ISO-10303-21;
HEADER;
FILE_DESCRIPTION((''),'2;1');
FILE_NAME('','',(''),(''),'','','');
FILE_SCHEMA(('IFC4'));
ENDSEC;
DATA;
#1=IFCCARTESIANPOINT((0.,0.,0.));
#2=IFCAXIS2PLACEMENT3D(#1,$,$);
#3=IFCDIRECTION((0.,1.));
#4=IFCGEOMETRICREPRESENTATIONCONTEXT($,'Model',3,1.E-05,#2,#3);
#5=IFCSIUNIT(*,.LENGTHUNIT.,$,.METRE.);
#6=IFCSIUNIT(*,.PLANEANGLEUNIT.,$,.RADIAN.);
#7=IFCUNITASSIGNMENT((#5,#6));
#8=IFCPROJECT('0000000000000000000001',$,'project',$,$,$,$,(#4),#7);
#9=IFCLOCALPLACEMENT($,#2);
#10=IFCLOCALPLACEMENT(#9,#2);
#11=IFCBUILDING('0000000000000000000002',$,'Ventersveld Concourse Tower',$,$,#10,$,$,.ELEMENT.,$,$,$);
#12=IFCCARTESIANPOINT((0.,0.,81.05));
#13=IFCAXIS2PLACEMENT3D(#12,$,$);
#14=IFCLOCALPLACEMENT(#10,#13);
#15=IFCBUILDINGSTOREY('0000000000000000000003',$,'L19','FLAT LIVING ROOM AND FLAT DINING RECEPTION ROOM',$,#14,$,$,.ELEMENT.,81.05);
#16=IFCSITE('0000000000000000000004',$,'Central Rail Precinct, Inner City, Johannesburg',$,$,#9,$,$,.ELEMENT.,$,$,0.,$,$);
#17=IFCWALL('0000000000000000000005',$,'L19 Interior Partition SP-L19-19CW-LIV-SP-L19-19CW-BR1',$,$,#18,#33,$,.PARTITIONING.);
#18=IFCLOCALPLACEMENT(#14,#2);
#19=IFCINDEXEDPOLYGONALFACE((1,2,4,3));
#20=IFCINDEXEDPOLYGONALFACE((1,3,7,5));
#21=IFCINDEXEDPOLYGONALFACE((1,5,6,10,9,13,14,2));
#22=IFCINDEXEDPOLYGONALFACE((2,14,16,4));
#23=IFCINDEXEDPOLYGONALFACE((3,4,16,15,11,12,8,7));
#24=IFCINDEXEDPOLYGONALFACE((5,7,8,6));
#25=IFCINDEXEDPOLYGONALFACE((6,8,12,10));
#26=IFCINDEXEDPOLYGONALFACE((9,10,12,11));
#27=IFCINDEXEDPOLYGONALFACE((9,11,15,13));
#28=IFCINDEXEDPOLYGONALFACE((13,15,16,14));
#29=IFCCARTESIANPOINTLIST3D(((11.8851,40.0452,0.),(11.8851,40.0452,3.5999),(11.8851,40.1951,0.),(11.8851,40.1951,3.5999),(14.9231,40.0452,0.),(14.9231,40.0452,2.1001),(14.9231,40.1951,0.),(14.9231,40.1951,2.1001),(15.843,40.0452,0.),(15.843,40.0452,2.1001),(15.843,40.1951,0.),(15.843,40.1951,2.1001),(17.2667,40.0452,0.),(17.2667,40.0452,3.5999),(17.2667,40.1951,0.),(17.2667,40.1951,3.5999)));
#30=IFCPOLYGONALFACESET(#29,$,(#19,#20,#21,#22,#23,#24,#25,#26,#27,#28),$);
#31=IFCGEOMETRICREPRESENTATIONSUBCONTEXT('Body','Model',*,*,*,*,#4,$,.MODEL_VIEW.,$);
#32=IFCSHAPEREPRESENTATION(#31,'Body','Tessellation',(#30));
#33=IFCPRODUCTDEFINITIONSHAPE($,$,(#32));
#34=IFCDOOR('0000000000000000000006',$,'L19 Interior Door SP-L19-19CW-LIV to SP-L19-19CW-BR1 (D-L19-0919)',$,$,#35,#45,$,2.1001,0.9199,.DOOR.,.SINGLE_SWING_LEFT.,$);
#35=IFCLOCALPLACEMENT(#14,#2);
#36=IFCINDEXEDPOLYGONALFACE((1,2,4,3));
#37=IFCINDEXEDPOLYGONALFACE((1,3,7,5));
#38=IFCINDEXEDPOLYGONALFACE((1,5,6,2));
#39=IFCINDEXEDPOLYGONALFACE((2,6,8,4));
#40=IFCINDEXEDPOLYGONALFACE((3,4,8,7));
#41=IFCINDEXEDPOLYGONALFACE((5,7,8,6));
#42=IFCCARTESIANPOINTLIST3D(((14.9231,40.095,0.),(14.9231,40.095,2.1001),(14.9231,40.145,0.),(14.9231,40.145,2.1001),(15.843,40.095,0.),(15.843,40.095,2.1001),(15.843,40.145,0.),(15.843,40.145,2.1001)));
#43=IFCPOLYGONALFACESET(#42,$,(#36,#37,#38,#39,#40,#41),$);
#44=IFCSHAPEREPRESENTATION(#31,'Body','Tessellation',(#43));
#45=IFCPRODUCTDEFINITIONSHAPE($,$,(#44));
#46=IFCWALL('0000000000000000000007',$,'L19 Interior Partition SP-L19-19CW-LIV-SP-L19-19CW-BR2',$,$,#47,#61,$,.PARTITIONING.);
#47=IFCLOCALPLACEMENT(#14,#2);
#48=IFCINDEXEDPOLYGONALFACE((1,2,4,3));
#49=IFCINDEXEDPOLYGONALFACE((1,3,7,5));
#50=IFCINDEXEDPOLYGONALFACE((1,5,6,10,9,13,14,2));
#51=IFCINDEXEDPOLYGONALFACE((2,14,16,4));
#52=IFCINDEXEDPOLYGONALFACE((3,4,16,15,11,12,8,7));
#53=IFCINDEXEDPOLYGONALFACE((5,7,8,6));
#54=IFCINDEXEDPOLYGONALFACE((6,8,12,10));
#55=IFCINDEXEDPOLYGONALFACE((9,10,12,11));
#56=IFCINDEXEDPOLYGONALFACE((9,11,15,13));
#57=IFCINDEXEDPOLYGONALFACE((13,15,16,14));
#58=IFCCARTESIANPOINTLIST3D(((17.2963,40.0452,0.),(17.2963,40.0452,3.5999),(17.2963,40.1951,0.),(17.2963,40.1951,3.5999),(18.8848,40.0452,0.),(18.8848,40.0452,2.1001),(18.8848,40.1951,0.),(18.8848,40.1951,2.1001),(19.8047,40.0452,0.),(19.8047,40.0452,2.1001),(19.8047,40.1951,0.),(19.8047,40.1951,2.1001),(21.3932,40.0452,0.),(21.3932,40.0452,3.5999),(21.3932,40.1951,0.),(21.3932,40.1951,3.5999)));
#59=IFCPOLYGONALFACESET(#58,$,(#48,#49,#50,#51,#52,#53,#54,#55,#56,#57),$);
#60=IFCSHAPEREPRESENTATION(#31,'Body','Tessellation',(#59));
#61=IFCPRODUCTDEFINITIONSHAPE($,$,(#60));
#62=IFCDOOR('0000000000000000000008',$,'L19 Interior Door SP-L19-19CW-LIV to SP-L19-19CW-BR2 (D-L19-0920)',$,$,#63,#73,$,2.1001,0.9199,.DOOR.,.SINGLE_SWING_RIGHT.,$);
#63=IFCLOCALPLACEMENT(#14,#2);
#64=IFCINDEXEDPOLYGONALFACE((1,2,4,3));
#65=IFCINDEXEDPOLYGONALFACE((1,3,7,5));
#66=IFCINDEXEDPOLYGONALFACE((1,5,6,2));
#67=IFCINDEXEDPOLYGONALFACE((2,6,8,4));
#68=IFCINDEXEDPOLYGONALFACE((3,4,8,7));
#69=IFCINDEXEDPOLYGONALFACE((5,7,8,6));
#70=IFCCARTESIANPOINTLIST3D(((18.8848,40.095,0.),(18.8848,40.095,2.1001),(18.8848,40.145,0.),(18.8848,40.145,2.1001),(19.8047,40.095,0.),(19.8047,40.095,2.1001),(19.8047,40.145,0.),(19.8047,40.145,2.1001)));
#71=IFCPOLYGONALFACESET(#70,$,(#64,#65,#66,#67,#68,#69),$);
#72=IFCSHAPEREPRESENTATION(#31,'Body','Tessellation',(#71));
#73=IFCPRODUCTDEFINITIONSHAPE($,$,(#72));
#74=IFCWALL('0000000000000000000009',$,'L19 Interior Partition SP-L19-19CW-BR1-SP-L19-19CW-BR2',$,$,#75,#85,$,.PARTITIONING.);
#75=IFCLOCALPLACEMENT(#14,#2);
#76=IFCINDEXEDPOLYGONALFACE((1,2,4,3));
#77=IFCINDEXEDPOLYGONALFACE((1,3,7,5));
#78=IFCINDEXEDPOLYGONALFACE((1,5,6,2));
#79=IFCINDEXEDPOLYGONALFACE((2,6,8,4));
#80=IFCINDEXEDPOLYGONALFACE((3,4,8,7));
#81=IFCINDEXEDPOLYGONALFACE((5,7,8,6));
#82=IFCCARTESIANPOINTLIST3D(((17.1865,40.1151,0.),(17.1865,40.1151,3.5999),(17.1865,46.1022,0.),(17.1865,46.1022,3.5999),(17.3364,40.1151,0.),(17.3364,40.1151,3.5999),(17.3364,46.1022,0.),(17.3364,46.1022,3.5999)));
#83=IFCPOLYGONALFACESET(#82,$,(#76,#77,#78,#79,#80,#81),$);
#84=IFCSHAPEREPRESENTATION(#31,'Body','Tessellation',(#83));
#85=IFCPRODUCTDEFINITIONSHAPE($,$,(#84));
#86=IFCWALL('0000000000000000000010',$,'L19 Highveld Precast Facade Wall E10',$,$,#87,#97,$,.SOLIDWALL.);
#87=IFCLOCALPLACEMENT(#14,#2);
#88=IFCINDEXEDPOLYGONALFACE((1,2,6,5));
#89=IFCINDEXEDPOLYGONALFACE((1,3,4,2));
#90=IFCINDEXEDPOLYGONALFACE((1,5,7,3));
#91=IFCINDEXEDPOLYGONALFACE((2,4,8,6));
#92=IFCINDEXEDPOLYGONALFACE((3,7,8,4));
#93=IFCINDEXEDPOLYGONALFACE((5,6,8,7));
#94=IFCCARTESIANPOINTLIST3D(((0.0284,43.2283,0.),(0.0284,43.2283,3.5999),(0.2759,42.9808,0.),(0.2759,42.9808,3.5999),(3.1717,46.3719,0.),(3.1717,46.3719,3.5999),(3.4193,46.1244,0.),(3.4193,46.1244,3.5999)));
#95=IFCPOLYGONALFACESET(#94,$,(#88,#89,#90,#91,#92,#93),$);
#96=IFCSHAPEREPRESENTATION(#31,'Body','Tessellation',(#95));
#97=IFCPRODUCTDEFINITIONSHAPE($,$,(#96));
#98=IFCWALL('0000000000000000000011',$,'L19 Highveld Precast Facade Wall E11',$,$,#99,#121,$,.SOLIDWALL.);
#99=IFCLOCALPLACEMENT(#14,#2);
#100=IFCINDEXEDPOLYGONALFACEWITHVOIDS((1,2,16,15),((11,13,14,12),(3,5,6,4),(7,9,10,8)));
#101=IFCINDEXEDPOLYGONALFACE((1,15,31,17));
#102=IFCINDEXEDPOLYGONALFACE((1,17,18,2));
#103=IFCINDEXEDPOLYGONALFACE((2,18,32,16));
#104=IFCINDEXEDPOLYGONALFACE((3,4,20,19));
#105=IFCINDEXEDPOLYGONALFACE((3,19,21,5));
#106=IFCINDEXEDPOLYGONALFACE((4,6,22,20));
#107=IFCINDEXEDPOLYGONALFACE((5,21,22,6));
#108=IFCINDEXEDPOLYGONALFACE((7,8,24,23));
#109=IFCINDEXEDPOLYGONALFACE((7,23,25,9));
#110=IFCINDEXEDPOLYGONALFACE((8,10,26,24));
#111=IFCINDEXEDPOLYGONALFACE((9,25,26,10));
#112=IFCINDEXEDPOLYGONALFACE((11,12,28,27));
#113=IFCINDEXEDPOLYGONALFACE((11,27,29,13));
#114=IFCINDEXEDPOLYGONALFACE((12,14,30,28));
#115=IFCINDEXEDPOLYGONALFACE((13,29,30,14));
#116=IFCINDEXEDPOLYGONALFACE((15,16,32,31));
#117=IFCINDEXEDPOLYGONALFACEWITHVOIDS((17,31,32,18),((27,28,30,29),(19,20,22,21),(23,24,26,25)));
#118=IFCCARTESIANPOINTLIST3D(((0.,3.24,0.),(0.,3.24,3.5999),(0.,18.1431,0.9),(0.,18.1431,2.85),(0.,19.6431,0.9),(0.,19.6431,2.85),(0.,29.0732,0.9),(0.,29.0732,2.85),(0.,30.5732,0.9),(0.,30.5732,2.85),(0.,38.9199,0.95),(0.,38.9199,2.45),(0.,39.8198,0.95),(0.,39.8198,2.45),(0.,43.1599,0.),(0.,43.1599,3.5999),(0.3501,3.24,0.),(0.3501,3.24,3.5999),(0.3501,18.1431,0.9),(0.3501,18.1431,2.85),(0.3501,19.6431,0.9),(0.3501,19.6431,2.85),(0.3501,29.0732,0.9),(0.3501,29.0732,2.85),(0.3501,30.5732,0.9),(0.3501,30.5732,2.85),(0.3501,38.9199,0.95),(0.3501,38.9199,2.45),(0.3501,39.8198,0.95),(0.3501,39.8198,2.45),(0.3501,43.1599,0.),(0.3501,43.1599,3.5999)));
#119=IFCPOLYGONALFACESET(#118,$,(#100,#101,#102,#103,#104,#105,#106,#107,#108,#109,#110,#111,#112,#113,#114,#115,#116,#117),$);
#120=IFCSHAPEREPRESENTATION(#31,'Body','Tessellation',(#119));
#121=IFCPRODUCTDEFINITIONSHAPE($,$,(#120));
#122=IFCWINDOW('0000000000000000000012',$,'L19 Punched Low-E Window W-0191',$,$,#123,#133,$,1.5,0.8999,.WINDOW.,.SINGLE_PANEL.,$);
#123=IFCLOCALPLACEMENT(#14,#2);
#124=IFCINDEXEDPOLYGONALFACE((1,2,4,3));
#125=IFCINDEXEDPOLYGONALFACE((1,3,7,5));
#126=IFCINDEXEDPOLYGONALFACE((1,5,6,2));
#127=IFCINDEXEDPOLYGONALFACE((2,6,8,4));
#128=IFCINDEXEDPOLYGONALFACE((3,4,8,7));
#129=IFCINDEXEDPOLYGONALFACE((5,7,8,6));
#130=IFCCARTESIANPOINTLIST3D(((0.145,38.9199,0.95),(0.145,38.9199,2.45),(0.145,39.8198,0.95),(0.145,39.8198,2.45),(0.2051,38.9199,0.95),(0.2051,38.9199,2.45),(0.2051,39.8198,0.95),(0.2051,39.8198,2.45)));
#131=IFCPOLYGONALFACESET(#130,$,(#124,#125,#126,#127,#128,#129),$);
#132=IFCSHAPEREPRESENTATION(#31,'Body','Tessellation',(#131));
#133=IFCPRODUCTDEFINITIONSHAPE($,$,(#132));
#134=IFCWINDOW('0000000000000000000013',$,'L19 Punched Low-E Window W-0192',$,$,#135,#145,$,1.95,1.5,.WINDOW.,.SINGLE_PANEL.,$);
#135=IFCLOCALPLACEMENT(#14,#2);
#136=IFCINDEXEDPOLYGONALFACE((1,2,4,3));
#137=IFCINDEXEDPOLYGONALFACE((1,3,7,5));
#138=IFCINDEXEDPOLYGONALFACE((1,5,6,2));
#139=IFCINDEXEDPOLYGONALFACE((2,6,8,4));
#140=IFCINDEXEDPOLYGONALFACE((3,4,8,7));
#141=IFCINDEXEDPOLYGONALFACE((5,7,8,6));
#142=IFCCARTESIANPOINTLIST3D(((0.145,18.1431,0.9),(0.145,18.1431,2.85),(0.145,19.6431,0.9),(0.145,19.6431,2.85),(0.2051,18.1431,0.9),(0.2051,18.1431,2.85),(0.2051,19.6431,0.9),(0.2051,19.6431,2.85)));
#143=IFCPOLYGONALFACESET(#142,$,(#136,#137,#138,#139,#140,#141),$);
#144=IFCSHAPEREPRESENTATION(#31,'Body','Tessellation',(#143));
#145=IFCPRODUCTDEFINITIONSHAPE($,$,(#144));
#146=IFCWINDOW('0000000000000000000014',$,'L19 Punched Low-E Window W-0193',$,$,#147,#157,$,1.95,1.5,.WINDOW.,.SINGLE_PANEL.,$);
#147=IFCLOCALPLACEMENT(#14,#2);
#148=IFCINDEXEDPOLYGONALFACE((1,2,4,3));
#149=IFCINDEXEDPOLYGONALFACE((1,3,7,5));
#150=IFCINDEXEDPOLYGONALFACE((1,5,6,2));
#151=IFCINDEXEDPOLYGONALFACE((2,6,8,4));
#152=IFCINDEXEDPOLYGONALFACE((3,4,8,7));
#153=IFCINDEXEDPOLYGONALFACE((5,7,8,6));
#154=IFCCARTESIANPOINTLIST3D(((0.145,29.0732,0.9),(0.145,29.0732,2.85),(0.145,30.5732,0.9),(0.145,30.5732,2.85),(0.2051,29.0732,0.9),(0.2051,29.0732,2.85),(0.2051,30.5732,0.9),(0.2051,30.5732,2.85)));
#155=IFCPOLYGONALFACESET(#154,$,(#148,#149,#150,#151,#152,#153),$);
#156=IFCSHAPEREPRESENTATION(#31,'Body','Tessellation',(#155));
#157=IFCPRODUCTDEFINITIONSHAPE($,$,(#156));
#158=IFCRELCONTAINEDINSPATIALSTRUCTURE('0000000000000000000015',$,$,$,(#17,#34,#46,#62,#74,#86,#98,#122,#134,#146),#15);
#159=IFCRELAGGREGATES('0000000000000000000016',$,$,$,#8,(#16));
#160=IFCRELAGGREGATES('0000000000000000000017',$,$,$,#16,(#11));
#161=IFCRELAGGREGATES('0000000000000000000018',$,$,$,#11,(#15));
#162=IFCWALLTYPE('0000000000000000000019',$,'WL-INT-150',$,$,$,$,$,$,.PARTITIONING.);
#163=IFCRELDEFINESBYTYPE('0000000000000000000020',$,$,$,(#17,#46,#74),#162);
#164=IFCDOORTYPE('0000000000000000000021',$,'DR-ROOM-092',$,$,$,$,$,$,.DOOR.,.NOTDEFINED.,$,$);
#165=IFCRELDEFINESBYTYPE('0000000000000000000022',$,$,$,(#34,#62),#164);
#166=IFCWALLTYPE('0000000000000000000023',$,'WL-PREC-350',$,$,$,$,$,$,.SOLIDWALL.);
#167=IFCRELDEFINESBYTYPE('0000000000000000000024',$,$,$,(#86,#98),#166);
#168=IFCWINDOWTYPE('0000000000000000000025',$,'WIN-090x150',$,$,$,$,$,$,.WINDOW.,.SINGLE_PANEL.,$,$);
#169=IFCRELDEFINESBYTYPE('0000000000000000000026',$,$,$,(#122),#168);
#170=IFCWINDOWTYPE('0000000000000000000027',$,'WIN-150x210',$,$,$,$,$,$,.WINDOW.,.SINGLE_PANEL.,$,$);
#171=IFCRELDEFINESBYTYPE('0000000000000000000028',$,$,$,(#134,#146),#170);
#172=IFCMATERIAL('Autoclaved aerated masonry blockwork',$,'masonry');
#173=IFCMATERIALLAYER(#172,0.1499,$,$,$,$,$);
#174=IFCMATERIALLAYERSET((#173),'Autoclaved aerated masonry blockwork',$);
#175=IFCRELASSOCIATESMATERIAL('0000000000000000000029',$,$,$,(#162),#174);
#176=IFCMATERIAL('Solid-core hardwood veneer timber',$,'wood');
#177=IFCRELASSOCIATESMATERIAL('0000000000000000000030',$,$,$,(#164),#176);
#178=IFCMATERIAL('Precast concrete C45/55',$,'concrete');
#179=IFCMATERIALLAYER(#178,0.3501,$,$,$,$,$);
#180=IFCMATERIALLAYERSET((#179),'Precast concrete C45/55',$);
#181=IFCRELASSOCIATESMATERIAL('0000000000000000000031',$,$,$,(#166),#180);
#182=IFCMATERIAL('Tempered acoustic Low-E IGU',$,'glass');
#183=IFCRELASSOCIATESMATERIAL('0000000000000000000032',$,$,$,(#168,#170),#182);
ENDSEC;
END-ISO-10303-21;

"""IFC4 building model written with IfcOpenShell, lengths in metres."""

from ifc_helpers import new_model, si_unit, direction, frame, frame_2d, origin, place, context, subcontext, project, spatial, rectangle, extrude, material, layer, layer_set, type_object, element, fill, save


model = new_model("IFC4")

# Units and contexts
model_context = context("Model", 3, precision=1e-05, world=origin(), true_north=direction((0.0, 1.0)))
body_context = subcontext(model_context, "Body", "Model", "MODEL_VIEW")
ifc_project = project(units=[si_unit("LENGTHUNIT", "METRE"), si_unit("PLANEANGLEUNIT", "RADIAN")], contexts=[model_context])

# Site, building, storey
site_placement = place(None, origin())
site = spatial("IfcSite", under=ifc_project, at=site_placement, Name="Central Rail Precinct, Inner City, Johannesburg", CompositionType="ELEMENT", RefElevation=0.0)
building_placement = place(site_placement, origin())
building = spatial("IfcBuilding", under=site, at=building_placement, Name="Ventersveld Concourse Tower", CompositionType="ELEMENT")
storey_placement = place(building_placement, frame((0.0, 0.0, 81.05)))
storey = spatial("IfcBuildingStorey", under=building, at=storey_placement, Name="L19", Description="FLAT LIVING ROOM AND FLAT DINING RECEPTION ROOM", CompositionType="ELEMENT", Elevation=81.05)

# Shared definitions
ifc_material_1 = material(Name="Autoclaved aerated masonry blockwork", Category="masonry")
ifc_layer_1 = layer(ifc_material_1, 0.1499)
ifc_layer_set_1 = layer_set([ifc_layer_1], Name="Autoclaved aerated masonry blockwork")
wall_type_1 = type_object("IfcWallType", Name="WL-INT-150", PredefinedType="PARTITIONING", material=ifc_layer_set_1)

# Shared definitions
ifc_material_2 = material(Name="Solid-core hardwood veneer timber", Category="wood")
door_type = type_object("IfcDoorType", Name="DR-ROOM-092", OperationType="NOTDEFINED", PredefinedType="DOOR", material=ifc_material_2)

# Walls, openings, doors
wall_1_placement = place(storey_placement, frame((11.885, 40.1201, 0.0), z_axis=(0.0, 0.0, 1.0), x_axis=(1.0, 0.0, 0.0)))
wall_1 = element("IfcWall", 1, at=wall_1_placement, inside=storey, type_object=wall_type_1, Name="L19 Interior Partition SP-L19-19CW-LIV-SP-L19-19CW-BR1", PredefinedType="PARTITIONING", context=body_context, shape_type="SweptSolid", body=[
    extrude(rectangle(XDim=5.3816, YDim=0.1499, at=frame_2d((2.6909, 0.0))), origin(), (0.0, 0.0, 1.0), 3.5999),
])
opening_1_placement = place(wall_1_placement, frame((3.0381, 0.0, 0.0)))
opening_1 = element("IfcOpeningElement", 2, at=opening_1_placement, cuts=wall_1, PredefinedType="OPENING", context=body_context, shape_type="SweptSolid", body=[
    extrude(rectangle(XDim=0.9199, YDim=2.1001, at=frame_2d((0.46, 1.05))), frame((0.0, 0.085, 0.0), z_axis=(0.0, -1.0, 0.0), x_axis=(1.0, 0.0, 0.0)), (0.0, 0.0, 1.0), 0.1699),
])
door_1_placement = place(opening_1_placement, origin())
door_1 = element("IfcDoor", 3, at=door_1_placement, inside=storey, type_object=door_type, Name="L19 Interior Door SP-L19-19CW-LIV to SP-L19-19CW-BR1 (D-L19-0919)", OperationType="SINGLE_SWING_LEFT", OverallHeight=2.1001, OverallWidth=0.9199, PredefinedType="DOOR", context=body_context, shape_type="SweptSolid", body=[
    extrude(rectangle(XDim=0.9199, YDim=2.1001, at=frame_2d((0.46, 1.05))), frame((0.0, 0.0249, 0.0), z_axis=(0.0, -1.0, 0.0), x_axis=(1.0, 0.0, 0.0)), (0.0, 0.0, 1.0), 0.05),
])
fill(opening_1, door_1)
wall_2_placement = place(storey_placement, frame((17.2964, 40.1201, 0.0), z_axis=(0.0, 0.0, 1.0), x_axis=(1.0, 0.0, 0.0)))
wall_2 = element("IfcWall", 4, at=wall_2_placement, inside=storey, type_object=wall_type_1, Name="L19 Interior Partition SP-L19-19CW-LIV-SP-L19-19CW-BR2", PredefinedType="PARTITIONING", context=body_context, shape_type="SweptSolid", body=[
    extrude(rectangle(XDim=4.0969, YDim=0.1499, at=frame_2d((2.0483, 0.0))), origin(), (0.0, 0.0, 1.0), 3.5999),
])
opening_2_placement = place(wall_2_placement, frame((1.5884, 0.0, 0.0)))
opening_2 = element("IfcOpeningElement", 5, at=opening_2_placement, cuts=wall_2, PredefinedType="OPENING", context=body_context, shape_type="SweptSolid", body=[
    extrude(rectangle(XDim=0.9199, YDim=2.1001, at=frame_2d((0.46, 1.05))), frame((0.0, 0.085, 0.0), z_axis=(0.0, -1.0, 0.0), x_axis=(1.0, 0.0, 0.0)), (0.0, 0.0, 1.0), 0.1699),
])
door_2_placement = place(opening_2_placement, origin())
door_2 = element("IfcDoor", 6, at=door_2_placement, inside=storey, type_object=door_type, Name="L19 Interior Door SP-L19-19CW-LIV to SP-L19-19CW-BR2 (D-L19-0920)", OperationType="SINGLE_SWING_RIGHT", OverallHeight=2.1001, OverallWidth=0.9199, PredefinedType="DOOR", context=body_context, shape_type="SweptSolid", body=[
    extrude(rectangle(XDim=0.9199, YDim=2.1001, at=frame_2d((0.46, 1.05))), frame((0.0, 0.0249, 0.0), z_axis=(0.0, -1.0, 0.0), x_axis=(1.0, 0.0, 0.0)), (0.0, 0.0, 1.0), 0.05),
])
fill(opening_2, door_2)

# Walls
wall_3_placement = place(storey_placement, frame((17.2615, 40.115, 0.0), z_axis=(0.0, 0.0, 1.0), x_axis=(0.0, 1.0, 0.0)))
element("IfcWall", 7, at=wall_3_placement, inside=storey, type_object=wall_type_1, Name="L19 Interior Partition SP-L19-19CW-BR1-SP-L19-19CW-BR2", PredefinedType="PARTITIONING", context=body_context, shape_type="SweptSolid", body=[
    extrude(rectangle(XDim=5.9871, YDim=0.1499, at=frame_2d((2.9937, 0.0))), origin(), (0.0, 0.0, 1.0), 3.5999),
])
ifc_material_3 = material(Name="Precast concrete C45/55", Category="concrete")
ifc_layer_2 = layer(ifc_material_3, 0.3501)
ifc_layer_set_2 = layer_set([ifc_layer_2], Name="Precast concrete C45/55")
wall_type_2 = type_object("IfcWallType", Name="WL-PREC-350", PredefinedType="SOLIDWALL", material=ifc_layer_set_2)
wall_4_placement = place(storey_placement, frame((3.2954, 46.248, 0.0), z_axis=(0.0, 0.0, 1.0), x_axis=(-0.707079, -0.707134, 0.0)))
element("IfcWall", 8, at=wall_4_placement, inside=storey, type_object=wall_type_2, Name="L19 Highveld Precast Facade Wall E10", PredefinedType="SOLIDWALL", context=body_context, shape_type="SweptSolid", body=[
    extrude(rectangle(XDim=4.4456, YDim=0.3501, at=frame_2d((2.2227, 0.0))), origin(), (0.0, 0.0, 1.0), 3.5999),
])

# Wall, openings, windows
wall_5_placement = place(storey_placement, frame((0.175, 43.1599, 0.0), z_axis=(0.0, 0.0, 1.0), x_axis=(0.0, -1.0, 0.0)))
wall_5 = element("IfcWall", 9, at=wall_5_placement, inside=storey, type_object=wall_type_2, Name="L19 Highveld Precast Facade Wall E11", PredefinedType="SOLIDWALL", context=body_context, shape_type="SweptSolid", body=[
    extrude(rectangle(XDim=39.9199, YDim=0.3501, at=frame_2d((19.96, 0.0))), origin(), (0.0, 0.0, 1.0), 3.5999),
])
opening_3_placement = place(wall_5_placement, frame((3.3401, 0.0, 0.95)))
opening_3 = element("IfcOpeningElement", 10, at=opening_3_placement, cuts=wall_5, PredefinedType="OPENING", context=body_context, shape_type="SweptSolid", body=[
    extrude(rectangle(XDim=0.8999, YDim=1.5, at=frame_2d((0.45, 0.75))), frame((0.0, 0.1851, 0.0), z_axis=(0.0, -1.0, 0.0), x_axis=(1.0, 0.0, 0.0)), (0.0, 0.0, 1.0), 0.3701),
])
opening_4_placement = place(wall_5_placement, frame((23.5168, 0.0, 0.8999)))
opening_4 = element("IfcOpeningElement", 11, at=opening_4_placement, cuts=wall_5, PredefinedType="OPENING", context=body_context, shape_type="SweptSolid", body=[
    extrude(rectangle(XDim=1.5, YDim=1.95, at=frame_2d((0.75, 0.9751))), frame((0.0, 0.1851, 0.0), z_axis=(0.0, -1.0, 0.0), x_axis=(1.0, 0.0, 0.0)), (0.0, 0.0, 1.0), 0.3701),
])
opening_5_placement = place(wall_5_placement, frame((12.5867, 0.0, 0.8999)))
opening_5 = element("IfcOpeningElement", 12, at=opening_5_placement, cuts=wall_5, PredefinedType="OPENING", context=body_context, shape_type="SweptSolid", body=[
    extrude(rectangle(XDim=1.5, YDim=1.95, at=frame_2d((0.75, 0.9751))), frame((0.0, 0.1851, 0.0), z_axis=(0.0, -1.0, 0.0), x_axis=(1.0, 0.0, 0.0)), (0.0, 0.0, 1.0), 0.3701),
])
ifc_material_4 = material(Name="Tempered acoustic Low-E IGU", Category="glass")
window_type_1 = type_object("IfcWindowType", Name="WIN-090x150", PartitioningType="SINGLE_PANEL", PredefinedType="WINDOW", material=ifc_material_4)
window_1_placement = place(opening_3_placement, origin())
window_1 = element("IfcWindow", 13, at=window_1_placement, inside=storey, type_object=window_type_1, Name="L19 Punched Low-E Window W-0191", OverallHeight=1.5, OverallWidth=0.8999, PartitioningType="SINGLE_PANEL", PredefinedType="WINDOW", context=body_context, shape_type="SweptSolid", body=[
    extrude(rectangle(XDim=0.8999, YDim=1.5, at=frame_2d((0.45, 0.75))), frame((0.0, 0.03, 0.0), z_axis=(0.0, -1.0, 0.0), x_axis=(1.0, 0.0, 0.0)), (0.0, 0.0, 1.0), 0.0601),
])
fill(opening_3, window_1)
window_type_2 = type_object("IfcWindowType", Name="WIN-150x210", PartitioningType="SINGLE_PANEL", PredefinedType="WINDOW", material=ifc_material_4)
window_2_placement = place(opening_4_placement, origin())
window_2 = element("IfcWindow", 14, at=window_2_placement, inside=storey, type_object=window_type_2, Name="L19 Punched Low-E Window W-0192", OverallHeight=1.95, OverallWidth=1.5, PartitioningType="SINGLE_PANEL", PredefinedType="WINDOW", context=body_context, shape_type="SweptSolid", body=[
    extrude(rectangle(XDim=1.5, YDim=1.95, at=frame_2d((0.75, 0.9751))), frame((0.0, 0.03, 0.0), z_axis=(0.0, -1.0, 0.0), x_axis=(1.0, 0.0, 0.0)), (0.0, 0.0, 1.0), 0.0601),
])
fill(opening_4, window_2)
window_3_placement = place(opening_5_placement, origin())
window_3 = element("IfcWindow", 15, at=window_3_placement, inside=storey, type_object=window_type_2, Name="L19 Punched Low-E Window W-0193", OverallHeight=1.95, OverallWidth=1.5, PartitioningType="SINGLE_PANEL", PredefinedType="WINDOW", context=body_context, shape_type="SweptSolid", body=[
    extrude(rectangle(XDim=1.5, YDim=1.95, at=frame_2d((0.75, 0.9751))), frame((0.0, 0.03, 0.0), z_axis=(0.0, -1.0, 0.0), x_axis=(1.0, 0.0, 0.0)), (0.0, 0.0, 1.0), 0.0601),
])
fill(opening_5, window_3)

save(model, "model.ifc")
